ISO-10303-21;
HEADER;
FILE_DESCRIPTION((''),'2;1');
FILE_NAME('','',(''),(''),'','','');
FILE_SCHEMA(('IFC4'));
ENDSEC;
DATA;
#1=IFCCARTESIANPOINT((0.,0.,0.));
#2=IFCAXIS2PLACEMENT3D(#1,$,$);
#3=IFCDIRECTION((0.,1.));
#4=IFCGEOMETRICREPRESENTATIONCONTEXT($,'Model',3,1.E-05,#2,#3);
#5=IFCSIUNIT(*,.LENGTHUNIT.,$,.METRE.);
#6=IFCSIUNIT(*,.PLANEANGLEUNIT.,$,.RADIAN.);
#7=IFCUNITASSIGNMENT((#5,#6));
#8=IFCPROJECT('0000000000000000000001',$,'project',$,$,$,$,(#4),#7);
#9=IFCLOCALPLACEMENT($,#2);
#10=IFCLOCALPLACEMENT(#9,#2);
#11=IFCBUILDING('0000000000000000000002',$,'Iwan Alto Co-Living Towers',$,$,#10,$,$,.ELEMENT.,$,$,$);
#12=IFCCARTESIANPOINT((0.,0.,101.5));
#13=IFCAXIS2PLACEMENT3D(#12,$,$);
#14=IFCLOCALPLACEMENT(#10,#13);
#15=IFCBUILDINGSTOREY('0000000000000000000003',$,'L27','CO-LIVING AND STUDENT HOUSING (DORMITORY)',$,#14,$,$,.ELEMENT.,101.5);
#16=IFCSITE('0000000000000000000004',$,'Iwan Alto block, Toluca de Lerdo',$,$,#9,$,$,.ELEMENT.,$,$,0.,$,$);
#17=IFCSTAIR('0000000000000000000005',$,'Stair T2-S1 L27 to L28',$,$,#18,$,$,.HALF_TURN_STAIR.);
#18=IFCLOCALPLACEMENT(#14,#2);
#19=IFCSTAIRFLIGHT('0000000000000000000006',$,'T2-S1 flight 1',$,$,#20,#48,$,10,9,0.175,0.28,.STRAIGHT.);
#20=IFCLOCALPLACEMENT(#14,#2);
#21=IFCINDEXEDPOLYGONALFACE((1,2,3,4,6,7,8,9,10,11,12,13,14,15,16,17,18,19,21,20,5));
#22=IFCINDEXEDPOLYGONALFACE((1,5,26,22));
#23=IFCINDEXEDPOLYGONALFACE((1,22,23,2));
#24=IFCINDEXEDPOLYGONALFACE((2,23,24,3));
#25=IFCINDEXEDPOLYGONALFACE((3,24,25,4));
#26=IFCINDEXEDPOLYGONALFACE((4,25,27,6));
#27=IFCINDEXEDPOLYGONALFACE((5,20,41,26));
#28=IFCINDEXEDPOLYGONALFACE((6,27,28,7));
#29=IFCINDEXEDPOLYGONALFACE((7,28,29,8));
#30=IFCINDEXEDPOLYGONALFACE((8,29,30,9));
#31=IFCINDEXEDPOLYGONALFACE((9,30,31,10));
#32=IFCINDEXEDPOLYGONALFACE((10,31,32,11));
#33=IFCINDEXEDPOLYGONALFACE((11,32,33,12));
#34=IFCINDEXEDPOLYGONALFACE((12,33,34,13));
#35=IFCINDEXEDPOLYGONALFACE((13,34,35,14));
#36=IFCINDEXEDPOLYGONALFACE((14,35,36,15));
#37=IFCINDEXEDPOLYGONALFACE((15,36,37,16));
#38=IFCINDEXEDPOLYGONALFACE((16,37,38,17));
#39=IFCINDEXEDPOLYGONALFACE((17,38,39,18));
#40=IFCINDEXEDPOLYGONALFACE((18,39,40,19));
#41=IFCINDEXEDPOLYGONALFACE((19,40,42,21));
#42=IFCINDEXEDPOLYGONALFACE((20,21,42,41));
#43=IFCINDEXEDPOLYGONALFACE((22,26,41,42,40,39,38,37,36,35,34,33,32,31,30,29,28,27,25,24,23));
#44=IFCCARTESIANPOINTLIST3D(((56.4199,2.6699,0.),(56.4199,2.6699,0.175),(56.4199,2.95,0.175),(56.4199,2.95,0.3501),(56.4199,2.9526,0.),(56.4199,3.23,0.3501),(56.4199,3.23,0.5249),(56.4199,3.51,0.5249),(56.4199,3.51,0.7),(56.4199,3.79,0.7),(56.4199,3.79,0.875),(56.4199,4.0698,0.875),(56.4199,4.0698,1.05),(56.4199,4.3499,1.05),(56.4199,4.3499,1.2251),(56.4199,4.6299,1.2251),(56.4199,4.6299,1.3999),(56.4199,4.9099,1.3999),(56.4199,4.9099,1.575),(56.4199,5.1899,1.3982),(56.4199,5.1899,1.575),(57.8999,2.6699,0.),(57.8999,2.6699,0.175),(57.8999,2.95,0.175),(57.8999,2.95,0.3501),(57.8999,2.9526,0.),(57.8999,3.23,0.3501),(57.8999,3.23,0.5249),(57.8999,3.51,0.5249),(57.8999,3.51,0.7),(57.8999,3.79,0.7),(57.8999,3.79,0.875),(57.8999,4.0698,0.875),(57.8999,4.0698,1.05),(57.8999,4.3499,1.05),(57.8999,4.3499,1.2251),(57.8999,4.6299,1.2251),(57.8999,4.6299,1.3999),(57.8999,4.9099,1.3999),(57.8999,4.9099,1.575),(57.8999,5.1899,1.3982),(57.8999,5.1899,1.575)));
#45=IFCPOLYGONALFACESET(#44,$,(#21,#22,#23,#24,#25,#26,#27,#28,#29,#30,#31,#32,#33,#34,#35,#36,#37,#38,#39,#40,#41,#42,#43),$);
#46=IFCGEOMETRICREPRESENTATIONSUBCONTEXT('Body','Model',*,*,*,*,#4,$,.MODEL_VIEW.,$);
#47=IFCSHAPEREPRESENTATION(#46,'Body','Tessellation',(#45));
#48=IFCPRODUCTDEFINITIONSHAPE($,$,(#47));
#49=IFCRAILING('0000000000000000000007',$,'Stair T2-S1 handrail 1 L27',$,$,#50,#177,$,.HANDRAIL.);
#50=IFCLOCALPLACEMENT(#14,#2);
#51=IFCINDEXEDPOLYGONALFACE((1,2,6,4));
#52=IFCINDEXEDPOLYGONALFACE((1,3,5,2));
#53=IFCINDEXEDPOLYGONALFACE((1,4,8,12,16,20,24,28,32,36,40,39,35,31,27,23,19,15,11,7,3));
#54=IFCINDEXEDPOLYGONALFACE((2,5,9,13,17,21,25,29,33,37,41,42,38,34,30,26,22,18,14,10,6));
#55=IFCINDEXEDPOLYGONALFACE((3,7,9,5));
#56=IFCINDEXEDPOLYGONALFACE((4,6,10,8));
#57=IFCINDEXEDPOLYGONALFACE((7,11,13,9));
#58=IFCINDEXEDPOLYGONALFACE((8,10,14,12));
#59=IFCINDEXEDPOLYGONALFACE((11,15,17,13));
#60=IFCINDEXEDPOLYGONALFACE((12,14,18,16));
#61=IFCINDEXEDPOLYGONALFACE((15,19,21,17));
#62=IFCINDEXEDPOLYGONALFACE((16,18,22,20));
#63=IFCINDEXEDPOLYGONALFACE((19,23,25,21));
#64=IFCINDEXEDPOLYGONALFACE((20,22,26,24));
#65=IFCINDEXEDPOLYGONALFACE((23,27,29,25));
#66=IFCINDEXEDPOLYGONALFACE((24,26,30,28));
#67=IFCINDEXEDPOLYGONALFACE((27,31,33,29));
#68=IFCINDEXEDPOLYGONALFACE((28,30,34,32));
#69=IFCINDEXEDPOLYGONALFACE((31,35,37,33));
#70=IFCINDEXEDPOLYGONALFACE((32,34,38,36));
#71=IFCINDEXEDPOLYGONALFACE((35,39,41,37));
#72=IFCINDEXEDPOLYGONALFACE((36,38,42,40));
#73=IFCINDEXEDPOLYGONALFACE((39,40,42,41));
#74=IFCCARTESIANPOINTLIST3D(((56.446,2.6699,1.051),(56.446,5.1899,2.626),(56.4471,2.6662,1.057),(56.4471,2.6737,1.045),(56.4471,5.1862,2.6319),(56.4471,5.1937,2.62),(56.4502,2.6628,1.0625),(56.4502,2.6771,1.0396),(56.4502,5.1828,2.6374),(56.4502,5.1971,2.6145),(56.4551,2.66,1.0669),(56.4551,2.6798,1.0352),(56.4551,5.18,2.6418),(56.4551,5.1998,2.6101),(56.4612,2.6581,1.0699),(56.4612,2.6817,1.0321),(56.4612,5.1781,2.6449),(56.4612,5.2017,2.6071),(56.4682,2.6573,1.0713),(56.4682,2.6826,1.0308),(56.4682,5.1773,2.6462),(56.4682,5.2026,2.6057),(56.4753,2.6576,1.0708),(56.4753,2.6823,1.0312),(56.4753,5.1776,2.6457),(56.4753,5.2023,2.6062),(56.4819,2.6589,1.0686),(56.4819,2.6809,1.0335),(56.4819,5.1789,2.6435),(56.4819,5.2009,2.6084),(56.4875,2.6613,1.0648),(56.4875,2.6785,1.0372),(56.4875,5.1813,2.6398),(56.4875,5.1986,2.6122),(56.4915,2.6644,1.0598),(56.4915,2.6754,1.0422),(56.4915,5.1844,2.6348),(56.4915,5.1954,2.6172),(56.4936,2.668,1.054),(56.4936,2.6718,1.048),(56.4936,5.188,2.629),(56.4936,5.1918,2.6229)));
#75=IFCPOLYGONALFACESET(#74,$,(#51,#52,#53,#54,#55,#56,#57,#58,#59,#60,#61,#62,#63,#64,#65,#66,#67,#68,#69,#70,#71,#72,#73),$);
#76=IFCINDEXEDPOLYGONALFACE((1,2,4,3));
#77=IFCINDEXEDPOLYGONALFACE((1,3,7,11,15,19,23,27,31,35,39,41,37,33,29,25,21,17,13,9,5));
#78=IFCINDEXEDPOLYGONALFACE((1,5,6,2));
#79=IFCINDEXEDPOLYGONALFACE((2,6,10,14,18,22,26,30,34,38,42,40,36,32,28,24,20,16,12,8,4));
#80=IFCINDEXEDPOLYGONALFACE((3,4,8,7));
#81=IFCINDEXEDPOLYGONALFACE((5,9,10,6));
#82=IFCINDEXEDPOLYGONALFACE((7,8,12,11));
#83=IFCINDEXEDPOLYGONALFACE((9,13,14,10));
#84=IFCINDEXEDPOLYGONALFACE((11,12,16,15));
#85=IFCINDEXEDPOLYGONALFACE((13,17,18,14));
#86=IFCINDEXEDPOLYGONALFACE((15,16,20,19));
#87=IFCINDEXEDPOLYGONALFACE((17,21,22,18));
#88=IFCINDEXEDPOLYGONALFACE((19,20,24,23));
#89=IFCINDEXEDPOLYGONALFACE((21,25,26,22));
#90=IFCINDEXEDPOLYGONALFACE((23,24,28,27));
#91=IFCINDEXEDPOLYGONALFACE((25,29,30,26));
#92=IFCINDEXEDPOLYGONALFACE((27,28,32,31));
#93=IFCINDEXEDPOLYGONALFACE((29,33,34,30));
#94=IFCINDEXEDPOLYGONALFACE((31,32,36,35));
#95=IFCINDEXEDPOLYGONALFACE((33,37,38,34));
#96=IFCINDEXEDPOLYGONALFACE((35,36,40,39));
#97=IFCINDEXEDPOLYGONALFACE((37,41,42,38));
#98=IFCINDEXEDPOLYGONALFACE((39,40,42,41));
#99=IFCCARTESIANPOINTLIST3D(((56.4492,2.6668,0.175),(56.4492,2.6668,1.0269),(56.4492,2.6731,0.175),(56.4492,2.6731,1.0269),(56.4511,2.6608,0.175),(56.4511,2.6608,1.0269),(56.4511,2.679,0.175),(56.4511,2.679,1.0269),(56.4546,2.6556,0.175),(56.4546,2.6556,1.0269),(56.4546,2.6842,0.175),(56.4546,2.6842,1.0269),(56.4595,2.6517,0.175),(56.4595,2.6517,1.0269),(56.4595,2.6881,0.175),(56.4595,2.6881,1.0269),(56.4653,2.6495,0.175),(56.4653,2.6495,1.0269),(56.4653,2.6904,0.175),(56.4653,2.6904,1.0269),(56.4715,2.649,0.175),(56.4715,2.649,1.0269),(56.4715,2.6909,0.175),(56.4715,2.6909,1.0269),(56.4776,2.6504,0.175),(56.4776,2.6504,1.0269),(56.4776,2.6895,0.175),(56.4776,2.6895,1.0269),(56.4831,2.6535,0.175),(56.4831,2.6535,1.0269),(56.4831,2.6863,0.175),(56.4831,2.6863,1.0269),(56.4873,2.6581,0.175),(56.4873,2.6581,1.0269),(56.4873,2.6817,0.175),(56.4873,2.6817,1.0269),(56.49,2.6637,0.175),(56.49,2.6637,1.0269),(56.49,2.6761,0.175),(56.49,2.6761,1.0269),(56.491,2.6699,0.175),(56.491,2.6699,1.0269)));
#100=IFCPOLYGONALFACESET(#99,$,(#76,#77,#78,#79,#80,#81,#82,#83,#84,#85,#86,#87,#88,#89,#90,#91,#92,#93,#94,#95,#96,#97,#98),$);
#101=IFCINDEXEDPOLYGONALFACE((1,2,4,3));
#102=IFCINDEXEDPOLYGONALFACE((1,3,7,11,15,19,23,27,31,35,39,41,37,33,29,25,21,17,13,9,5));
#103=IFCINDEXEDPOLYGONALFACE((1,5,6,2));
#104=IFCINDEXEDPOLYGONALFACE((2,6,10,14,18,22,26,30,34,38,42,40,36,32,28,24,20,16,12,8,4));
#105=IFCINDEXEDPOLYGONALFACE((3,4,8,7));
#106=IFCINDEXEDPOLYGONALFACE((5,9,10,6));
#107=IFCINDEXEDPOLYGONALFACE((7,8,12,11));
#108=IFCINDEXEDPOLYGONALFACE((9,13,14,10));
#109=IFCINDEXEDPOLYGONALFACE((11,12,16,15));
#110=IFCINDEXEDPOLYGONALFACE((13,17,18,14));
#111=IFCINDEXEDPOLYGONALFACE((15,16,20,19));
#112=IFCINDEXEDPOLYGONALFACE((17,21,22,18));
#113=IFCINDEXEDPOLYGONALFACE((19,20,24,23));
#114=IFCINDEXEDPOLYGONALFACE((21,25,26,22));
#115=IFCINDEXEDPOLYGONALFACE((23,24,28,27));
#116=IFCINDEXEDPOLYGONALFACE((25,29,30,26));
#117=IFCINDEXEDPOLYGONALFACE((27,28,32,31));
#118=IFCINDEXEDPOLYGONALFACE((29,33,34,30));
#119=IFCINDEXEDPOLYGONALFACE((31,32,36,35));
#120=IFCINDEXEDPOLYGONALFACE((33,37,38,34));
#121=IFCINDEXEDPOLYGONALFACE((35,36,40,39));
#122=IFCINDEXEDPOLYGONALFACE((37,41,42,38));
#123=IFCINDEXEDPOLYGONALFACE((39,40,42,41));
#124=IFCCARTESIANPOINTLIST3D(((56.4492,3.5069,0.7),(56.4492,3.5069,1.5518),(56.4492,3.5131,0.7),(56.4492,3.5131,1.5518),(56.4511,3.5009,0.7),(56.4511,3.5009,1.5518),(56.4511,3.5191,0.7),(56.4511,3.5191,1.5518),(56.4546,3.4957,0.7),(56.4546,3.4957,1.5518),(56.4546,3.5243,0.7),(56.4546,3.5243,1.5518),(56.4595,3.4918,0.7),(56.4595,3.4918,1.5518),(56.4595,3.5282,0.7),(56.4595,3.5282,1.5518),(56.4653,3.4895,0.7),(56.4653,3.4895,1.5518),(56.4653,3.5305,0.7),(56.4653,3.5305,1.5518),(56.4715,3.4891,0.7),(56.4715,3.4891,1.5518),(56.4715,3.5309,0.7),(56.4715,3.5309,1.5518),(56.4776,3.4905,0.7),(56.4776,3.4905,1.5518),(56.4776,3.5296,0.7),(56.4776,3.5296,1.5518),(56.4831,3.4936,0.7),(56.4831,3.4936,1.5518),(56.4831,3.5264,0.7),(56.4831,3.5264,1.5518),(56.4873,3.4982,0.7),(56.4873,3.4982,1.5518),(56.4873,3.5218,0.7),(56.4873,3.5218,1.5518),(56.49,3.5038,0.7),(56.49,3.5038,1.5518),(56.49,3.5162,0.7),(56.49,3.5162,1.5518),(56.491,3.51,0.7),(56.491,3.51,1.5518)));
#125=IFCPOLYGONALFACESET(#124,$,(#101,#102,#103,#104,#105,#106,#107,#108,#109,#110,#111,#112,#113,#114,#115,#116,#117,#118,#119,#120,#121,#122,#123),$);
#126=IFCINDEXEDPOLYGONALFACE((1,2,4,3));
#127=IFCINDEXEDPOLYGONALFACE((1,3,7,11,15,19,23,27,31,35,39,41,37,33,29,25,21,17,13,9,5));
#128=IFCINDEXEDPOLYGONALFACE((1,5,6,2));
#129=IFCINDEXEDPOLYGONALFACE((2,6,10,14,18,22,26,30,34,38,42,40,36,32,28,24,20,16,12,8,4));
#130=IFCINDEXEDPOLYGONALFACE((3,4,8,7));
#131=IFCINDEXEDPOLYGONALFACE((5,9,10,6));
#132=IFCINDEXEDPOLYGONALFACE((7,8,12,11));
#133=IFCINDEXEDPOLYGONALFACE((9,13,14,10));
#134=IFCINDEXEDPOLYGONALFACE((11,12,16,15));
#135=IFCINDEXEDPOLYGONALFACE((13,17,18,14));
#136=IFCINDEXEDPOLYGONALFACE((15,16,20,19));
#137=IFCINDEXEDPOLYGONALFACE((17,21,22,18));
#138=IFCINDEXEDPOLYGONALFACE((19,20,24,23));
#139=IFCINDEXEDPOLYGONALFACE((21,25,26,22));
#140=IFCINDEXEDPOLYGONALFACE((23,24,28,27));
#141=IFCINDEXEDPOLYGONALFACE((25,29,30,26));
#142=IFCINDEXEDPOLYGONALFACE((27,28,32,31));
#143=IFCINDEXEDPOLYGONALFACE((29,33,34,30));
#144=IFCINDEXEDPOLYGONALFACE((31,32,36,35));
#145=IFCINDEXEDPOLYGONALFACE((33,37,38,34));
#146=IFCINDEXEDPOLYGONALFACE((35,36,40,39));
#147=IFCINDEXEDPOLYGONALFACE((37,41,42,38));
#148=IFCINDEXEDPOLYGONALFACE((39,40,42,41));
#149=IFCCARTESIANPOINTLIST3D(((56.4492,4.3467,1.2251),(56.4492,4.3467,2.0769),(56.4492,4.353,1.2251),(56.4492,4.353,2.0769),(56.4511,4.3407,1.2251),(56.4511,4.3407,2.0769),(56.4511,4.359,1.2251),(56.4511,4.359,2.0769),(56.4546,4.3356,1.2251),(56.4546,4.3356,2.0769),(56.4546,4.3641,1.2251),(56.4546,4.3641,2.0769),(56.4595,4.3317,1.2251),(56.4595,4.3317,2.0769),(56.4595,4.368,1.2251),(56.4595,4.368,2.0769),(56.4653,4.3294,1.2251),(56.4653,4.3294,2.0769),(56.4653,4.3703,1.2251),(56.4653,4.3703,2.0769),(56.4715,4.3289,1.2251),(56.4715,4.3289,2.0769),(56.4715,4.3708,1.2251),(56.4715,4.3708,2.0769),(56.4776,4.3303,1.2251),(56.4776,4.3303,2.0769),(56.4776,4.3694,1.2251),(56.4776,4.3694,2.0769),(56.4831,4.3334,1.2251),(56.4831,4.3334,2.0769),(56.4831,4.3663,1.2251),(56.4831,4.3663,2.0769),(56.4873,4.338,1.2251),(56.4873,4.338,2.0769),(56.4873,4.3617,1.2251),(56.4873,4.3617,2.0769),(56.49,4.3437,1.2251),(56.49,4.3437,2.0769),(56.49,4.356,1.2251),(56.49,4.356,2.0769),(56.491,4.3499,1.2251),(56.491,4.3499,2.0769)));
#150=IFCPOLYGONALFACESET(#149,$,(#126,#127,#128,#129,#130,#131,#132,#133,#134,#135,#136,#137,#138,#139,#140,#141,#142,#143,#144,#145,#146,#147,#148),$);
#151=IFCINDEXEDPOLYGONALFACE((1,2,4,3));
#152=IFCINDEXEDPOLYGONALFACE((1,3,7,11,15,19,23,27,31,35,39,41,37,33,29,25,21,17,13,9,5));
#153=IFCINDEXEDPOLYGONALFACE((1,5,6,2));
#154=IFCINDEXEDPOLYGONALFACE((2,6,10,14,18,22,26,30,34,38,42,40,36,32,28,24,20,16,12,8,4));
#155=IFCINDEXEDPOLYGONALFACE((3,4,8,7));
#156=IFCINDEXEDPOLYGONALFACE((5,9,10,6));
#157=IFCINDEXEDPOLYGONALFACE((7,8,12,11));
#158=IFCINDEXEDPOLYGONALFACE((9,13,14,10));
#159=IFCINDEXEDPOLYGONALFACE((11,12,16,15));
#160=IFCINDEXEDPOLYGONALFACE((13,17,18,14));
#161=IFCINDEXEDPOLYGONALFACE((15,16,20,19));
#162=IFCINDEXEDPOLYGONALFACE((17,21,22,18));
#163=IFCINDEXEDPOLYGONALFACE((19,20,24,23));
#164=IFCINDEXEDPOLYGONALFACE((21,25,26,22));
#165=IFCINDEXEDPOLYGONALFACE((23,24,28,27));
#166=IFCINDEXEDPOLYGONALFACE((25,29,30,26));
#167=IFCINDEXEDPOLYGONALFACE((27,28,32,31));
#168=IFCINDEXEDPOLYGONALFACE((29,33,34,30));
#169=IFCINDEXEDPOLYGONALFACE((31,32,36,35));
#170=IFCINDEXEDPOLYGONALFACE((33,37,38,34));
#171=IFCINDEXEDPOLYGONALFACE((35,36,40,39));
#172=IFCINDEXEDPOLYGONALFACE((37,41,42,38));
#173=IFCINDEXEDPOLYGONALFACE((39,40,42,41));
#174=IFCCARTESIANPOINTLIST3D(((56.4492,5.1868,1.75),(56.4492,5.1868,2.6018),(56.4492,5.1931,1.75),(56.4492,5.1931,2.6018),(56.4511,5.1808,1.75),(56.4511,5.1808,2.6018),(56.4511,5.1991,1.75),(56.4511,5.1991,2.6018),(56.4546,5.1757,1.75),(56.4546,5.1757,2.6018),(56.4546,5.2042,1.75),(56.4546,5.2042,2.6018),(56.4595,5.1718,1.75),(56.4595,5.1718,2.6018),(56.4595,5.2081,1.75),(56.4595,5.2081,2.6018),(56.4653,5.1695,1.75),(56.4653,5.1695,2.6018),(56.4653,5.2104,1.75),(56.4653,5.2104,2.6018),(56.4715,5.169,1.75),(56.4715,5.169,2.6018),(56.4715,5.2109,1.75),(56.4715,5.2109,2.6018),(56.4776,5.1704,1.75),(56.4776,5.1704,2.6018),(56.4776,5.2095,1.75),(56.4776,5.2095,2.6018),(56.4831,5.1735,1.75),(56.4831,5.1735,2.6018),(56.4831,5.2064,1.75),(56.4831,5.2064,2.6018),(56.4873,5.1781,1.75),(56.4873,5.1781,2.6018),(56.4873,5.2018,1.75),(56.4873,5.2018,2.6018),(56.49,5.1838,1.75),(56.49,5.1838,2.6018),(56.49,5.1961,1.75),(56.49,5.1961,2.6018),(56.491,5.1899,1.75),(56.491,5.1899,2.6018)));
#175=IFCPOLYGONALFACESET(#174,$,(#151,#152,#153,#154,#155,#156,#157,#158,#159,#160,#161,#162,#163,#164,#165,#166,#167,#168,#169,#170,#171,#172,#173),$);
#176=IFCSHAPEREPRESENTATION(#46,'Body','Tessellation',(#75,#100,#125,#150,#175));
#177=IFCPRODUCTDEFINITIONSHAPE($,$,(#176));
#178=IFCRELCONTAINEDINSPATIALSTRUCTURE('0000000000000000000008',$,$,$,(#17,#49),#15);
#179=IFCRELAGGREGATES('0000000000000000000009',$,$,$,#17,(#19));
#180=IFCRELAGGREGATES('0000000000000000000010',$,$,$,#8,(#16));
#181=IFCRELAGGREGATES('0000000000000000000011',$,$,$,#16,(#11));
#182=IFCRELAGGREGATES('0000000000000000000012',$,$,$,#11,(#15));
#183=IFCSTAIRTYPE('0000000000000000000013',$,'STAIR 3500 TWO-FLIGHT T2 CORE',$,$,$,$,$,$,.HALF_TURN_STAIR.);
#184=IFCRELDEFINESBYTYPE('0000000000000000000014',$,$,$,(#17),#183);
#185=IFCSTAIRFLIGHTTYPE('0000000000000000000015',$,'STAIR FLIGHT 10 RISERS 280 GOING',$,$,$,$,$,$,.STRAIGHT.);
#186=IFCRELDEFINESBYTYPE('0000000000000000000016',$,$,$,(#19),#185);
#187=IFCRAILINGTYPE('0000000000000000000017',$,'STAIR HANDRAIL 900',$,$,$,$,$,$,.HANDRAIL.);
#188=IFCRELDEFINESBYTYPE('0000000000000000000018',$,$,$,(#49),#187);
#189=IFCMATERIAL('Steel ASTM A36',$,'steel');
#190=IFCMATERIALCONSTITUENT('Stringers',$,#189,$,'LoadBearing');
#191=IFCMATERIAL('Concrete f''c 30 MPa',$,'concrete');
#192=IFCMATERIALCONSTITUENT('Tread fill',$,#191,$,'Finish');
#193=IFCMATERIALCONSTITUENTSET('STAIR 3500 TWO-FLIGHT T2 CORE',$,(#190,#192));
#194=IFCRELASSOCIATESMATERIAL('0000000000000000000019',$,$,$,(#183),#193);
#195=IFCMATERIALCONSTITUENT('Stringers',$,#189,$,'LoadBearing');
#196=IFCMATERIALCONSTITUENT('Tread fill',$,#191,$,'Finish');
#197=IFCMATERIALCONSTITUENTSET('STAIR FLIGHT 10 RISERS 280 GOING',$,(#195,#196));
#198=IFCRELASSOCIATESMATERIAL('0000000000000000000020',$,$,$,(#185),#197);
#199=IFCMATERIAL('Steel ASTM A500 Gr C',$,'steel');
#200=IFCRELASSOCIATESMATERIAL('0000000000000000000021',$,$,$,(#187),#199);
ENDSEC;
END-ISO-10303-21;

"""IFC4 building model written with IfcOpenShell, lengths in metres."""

from ifc_helpers import new_model, si_unit, direction, frame, origin, origin_2d, place, context, subcontext, project, spatial, polyline, circle, outline, extrude, material, constituent, constituent_set, type_object, element, aggregate, save


model = new_model("IFC4")

# Units and contexts
model_context = context("Model", 3, precision=1e-05, world=origin(), true_north=direction((0.0, 1.0)))
body_context = subcontext(model_context, "Body", "Model", "MODEL_VIEW")
ifc_project = project(units=[si_unit("LENGTHUNIT", "METRE"), si_unit("PLANEANGLEUNIT", "RADIAN")], contexts=[model_context])

# Site, building, storey
site_placement = place(None, origin())
site = spatial("IfcSite", under=ifc_project, at=site_placement, Name="Iwan Alto block, Toluca de Lerdo", CompositionType="ELEMENT", RefElevation=0.0)
building_placement = place(site_placement, origin())
building = spatial("IfcBuilding", under=site, at=building_placement, Name="Iwan Alto Co-Living Towers", CompositionType="ELEMENT")
storey_placement = place(building_placement, frame((0.0, 0.0, 101.5)))
storey = spatial("IfcBuildingStorey", under=building, at=storey_placement, Name="L27", Description="CO-LIVING AND STUDENT HOUSING (DORMITORY)", CompositionType="ELEMENT", Elevation=101.5)

# Stair, stair flight
ifc_material_1 = material(Name="Steel ASTM A36", Category="steel")
ifc_constituent_1 = constituent(ifc_material_1, Name="Stringers", Category="LoadBearing")
ifc_material_2 = material(Name="Concrete f'c 30 MPa", Category="concrete")
ifc_constituent_2 = constituent(ifc_material_2, Name="Tread fill", Category="Finish")
ifc_constituent_set_1 = constituent_set(constituents=[ifc_constituent_1, ifc_constituent_2], Name="STAIR 3500 TWO-FLIGHT T2 CORE")
stair_type = type_object("IfcStairType", Name="STAIR 3500 TWO-FLIGHT T2 CORE", PredefinedType="HALF_TURN_STAIR", material=ifc_constituent_set_1)
stair_placement = place(storey_placement, origin())
stair = element("IfcStair", 1, at=stair_placement, inside=storey, type_object=stair_type, Name="Stair T2-S1 L27 to L28", PredefinedType="HALF_TURN_STAIR")
ifc_constituent_3 = constituent(ifc_material_1, Name="Stringers", Category="LoadBearing")
ifc_constituent_4 = constituent(ifc_material_2, Name="Tread fill", Category="Finish")
ifc_constituent_set_2 = constituent_set(constituents=[ifc_constituent_3, ifc_constituent_4], Name="STAIR FLIGHT 10 RISERS 280 GOING")
stair_flight_type = type_object("IfcStairFlightType", Name="STAIR FLIGHT 10 RISERS 280 GOING", PredefinedType="STRAIGHT", material=ifc_constituent_set_2)
stair_flight_placement = place(storey_placement, frame((57.1599, 2.6699, 0.0), z_axis=(0.0, 0.0, 1.0), x_axis=(0.0, 1.0, 0.0)))
stair_flight = element("IfcStairFlight", 2, at=stair_flight_placement, type_object=stair_flight_type, Name="T2-S1 flight 1", NumberOfRisers=10, NumberOfTreads=9, PredefinedType="STRAIGHT", RiserHeight=0.175, TreadLength=0.28, context=body_context, shape_type="SweptSolid", body=[
    extrude(outline(polyline([(0.0, 0.0), (0.0, 0.175), (0.28, 0.175), (0.28, 0.3501), (0.5601, 0.3501), (0.5601, 0.5249), (0.8401, 0.5249), (0.8401, 0.7), (1.1201, 0.7), (1.1201, 0.875), (1.3999, 0.875), (1.3999, 1.05), (1.6799, 1.05), (1.6799, 1.2251), (1.96, 1.2251), (1.96, 1.3999), (2.24, 1.3999), (2.24, 1.575), (2.52, 1.575), (2.52, 1.75), (2.52, 1.3982), (0.2827, 0.0), (0.0, 0.0)])), frame((0.0, 0.74, 0.0), z_axis=(0.0, -1.0, 0.0), x_axis=(1.0, 0.0, 0.0)), (0.0, 0.0, 1.0), 1.48),
])
aggregate(stair, [stair_flight])

# Railing
ifc_material_3 = material(Name="Steel ASTM A500 Gr C", Category="steel")
railing_type_1 = type_object("IfcRailingType", Name="STAIR HANDRAIL 900", PredefinedType="HANDRAIL", material=ifc_material_3)
railing_1_placement = place(storey_placement, frame((56.47, 2.6699, 0.175)))
element("IfcRailing", 3, at=railing_1_placement, inside=storey, type_object=railing_type_1, Name="Stair T2-S1 handrail 1 L27", PredefinedType="HANDRAIL", context=body_context, shape_type="SweptSolid", body=[
    extrude(circle(Radius=0.0239, at=origin_2d()), frame((0.0, 0.0, 0.876), z_axis=(0.0, 0.848008, 0.529984), x_axis=(-1.0, 0.0, 0.0)), (0.0, 0.0, 1.0), 2.9717),
    extrude(circle(Radius=0.021, at=origin_2d()), origin(), (0.0, 0.0, 1.0), 0.8518),
    extrude(circle(Radius=0.021, at=origin_2d()), frame((0.0, 0.8401, 0.5249)), (0.0, 0.0, 1.0), 0.8518),
    extrude(circle(Radius=0.021, at=origin_2d()), frame((0.0, 1.6799, 1.05)), (0.0, 0.0, 1.0), 0.8518),
    extrude(circle(Radius=0.021, at=origin_2d()), frame((0.0, 2.52, 1.575)), (0.0, 0.0, 1.0), 0.8518),
])

save(model, "model.ifc")
